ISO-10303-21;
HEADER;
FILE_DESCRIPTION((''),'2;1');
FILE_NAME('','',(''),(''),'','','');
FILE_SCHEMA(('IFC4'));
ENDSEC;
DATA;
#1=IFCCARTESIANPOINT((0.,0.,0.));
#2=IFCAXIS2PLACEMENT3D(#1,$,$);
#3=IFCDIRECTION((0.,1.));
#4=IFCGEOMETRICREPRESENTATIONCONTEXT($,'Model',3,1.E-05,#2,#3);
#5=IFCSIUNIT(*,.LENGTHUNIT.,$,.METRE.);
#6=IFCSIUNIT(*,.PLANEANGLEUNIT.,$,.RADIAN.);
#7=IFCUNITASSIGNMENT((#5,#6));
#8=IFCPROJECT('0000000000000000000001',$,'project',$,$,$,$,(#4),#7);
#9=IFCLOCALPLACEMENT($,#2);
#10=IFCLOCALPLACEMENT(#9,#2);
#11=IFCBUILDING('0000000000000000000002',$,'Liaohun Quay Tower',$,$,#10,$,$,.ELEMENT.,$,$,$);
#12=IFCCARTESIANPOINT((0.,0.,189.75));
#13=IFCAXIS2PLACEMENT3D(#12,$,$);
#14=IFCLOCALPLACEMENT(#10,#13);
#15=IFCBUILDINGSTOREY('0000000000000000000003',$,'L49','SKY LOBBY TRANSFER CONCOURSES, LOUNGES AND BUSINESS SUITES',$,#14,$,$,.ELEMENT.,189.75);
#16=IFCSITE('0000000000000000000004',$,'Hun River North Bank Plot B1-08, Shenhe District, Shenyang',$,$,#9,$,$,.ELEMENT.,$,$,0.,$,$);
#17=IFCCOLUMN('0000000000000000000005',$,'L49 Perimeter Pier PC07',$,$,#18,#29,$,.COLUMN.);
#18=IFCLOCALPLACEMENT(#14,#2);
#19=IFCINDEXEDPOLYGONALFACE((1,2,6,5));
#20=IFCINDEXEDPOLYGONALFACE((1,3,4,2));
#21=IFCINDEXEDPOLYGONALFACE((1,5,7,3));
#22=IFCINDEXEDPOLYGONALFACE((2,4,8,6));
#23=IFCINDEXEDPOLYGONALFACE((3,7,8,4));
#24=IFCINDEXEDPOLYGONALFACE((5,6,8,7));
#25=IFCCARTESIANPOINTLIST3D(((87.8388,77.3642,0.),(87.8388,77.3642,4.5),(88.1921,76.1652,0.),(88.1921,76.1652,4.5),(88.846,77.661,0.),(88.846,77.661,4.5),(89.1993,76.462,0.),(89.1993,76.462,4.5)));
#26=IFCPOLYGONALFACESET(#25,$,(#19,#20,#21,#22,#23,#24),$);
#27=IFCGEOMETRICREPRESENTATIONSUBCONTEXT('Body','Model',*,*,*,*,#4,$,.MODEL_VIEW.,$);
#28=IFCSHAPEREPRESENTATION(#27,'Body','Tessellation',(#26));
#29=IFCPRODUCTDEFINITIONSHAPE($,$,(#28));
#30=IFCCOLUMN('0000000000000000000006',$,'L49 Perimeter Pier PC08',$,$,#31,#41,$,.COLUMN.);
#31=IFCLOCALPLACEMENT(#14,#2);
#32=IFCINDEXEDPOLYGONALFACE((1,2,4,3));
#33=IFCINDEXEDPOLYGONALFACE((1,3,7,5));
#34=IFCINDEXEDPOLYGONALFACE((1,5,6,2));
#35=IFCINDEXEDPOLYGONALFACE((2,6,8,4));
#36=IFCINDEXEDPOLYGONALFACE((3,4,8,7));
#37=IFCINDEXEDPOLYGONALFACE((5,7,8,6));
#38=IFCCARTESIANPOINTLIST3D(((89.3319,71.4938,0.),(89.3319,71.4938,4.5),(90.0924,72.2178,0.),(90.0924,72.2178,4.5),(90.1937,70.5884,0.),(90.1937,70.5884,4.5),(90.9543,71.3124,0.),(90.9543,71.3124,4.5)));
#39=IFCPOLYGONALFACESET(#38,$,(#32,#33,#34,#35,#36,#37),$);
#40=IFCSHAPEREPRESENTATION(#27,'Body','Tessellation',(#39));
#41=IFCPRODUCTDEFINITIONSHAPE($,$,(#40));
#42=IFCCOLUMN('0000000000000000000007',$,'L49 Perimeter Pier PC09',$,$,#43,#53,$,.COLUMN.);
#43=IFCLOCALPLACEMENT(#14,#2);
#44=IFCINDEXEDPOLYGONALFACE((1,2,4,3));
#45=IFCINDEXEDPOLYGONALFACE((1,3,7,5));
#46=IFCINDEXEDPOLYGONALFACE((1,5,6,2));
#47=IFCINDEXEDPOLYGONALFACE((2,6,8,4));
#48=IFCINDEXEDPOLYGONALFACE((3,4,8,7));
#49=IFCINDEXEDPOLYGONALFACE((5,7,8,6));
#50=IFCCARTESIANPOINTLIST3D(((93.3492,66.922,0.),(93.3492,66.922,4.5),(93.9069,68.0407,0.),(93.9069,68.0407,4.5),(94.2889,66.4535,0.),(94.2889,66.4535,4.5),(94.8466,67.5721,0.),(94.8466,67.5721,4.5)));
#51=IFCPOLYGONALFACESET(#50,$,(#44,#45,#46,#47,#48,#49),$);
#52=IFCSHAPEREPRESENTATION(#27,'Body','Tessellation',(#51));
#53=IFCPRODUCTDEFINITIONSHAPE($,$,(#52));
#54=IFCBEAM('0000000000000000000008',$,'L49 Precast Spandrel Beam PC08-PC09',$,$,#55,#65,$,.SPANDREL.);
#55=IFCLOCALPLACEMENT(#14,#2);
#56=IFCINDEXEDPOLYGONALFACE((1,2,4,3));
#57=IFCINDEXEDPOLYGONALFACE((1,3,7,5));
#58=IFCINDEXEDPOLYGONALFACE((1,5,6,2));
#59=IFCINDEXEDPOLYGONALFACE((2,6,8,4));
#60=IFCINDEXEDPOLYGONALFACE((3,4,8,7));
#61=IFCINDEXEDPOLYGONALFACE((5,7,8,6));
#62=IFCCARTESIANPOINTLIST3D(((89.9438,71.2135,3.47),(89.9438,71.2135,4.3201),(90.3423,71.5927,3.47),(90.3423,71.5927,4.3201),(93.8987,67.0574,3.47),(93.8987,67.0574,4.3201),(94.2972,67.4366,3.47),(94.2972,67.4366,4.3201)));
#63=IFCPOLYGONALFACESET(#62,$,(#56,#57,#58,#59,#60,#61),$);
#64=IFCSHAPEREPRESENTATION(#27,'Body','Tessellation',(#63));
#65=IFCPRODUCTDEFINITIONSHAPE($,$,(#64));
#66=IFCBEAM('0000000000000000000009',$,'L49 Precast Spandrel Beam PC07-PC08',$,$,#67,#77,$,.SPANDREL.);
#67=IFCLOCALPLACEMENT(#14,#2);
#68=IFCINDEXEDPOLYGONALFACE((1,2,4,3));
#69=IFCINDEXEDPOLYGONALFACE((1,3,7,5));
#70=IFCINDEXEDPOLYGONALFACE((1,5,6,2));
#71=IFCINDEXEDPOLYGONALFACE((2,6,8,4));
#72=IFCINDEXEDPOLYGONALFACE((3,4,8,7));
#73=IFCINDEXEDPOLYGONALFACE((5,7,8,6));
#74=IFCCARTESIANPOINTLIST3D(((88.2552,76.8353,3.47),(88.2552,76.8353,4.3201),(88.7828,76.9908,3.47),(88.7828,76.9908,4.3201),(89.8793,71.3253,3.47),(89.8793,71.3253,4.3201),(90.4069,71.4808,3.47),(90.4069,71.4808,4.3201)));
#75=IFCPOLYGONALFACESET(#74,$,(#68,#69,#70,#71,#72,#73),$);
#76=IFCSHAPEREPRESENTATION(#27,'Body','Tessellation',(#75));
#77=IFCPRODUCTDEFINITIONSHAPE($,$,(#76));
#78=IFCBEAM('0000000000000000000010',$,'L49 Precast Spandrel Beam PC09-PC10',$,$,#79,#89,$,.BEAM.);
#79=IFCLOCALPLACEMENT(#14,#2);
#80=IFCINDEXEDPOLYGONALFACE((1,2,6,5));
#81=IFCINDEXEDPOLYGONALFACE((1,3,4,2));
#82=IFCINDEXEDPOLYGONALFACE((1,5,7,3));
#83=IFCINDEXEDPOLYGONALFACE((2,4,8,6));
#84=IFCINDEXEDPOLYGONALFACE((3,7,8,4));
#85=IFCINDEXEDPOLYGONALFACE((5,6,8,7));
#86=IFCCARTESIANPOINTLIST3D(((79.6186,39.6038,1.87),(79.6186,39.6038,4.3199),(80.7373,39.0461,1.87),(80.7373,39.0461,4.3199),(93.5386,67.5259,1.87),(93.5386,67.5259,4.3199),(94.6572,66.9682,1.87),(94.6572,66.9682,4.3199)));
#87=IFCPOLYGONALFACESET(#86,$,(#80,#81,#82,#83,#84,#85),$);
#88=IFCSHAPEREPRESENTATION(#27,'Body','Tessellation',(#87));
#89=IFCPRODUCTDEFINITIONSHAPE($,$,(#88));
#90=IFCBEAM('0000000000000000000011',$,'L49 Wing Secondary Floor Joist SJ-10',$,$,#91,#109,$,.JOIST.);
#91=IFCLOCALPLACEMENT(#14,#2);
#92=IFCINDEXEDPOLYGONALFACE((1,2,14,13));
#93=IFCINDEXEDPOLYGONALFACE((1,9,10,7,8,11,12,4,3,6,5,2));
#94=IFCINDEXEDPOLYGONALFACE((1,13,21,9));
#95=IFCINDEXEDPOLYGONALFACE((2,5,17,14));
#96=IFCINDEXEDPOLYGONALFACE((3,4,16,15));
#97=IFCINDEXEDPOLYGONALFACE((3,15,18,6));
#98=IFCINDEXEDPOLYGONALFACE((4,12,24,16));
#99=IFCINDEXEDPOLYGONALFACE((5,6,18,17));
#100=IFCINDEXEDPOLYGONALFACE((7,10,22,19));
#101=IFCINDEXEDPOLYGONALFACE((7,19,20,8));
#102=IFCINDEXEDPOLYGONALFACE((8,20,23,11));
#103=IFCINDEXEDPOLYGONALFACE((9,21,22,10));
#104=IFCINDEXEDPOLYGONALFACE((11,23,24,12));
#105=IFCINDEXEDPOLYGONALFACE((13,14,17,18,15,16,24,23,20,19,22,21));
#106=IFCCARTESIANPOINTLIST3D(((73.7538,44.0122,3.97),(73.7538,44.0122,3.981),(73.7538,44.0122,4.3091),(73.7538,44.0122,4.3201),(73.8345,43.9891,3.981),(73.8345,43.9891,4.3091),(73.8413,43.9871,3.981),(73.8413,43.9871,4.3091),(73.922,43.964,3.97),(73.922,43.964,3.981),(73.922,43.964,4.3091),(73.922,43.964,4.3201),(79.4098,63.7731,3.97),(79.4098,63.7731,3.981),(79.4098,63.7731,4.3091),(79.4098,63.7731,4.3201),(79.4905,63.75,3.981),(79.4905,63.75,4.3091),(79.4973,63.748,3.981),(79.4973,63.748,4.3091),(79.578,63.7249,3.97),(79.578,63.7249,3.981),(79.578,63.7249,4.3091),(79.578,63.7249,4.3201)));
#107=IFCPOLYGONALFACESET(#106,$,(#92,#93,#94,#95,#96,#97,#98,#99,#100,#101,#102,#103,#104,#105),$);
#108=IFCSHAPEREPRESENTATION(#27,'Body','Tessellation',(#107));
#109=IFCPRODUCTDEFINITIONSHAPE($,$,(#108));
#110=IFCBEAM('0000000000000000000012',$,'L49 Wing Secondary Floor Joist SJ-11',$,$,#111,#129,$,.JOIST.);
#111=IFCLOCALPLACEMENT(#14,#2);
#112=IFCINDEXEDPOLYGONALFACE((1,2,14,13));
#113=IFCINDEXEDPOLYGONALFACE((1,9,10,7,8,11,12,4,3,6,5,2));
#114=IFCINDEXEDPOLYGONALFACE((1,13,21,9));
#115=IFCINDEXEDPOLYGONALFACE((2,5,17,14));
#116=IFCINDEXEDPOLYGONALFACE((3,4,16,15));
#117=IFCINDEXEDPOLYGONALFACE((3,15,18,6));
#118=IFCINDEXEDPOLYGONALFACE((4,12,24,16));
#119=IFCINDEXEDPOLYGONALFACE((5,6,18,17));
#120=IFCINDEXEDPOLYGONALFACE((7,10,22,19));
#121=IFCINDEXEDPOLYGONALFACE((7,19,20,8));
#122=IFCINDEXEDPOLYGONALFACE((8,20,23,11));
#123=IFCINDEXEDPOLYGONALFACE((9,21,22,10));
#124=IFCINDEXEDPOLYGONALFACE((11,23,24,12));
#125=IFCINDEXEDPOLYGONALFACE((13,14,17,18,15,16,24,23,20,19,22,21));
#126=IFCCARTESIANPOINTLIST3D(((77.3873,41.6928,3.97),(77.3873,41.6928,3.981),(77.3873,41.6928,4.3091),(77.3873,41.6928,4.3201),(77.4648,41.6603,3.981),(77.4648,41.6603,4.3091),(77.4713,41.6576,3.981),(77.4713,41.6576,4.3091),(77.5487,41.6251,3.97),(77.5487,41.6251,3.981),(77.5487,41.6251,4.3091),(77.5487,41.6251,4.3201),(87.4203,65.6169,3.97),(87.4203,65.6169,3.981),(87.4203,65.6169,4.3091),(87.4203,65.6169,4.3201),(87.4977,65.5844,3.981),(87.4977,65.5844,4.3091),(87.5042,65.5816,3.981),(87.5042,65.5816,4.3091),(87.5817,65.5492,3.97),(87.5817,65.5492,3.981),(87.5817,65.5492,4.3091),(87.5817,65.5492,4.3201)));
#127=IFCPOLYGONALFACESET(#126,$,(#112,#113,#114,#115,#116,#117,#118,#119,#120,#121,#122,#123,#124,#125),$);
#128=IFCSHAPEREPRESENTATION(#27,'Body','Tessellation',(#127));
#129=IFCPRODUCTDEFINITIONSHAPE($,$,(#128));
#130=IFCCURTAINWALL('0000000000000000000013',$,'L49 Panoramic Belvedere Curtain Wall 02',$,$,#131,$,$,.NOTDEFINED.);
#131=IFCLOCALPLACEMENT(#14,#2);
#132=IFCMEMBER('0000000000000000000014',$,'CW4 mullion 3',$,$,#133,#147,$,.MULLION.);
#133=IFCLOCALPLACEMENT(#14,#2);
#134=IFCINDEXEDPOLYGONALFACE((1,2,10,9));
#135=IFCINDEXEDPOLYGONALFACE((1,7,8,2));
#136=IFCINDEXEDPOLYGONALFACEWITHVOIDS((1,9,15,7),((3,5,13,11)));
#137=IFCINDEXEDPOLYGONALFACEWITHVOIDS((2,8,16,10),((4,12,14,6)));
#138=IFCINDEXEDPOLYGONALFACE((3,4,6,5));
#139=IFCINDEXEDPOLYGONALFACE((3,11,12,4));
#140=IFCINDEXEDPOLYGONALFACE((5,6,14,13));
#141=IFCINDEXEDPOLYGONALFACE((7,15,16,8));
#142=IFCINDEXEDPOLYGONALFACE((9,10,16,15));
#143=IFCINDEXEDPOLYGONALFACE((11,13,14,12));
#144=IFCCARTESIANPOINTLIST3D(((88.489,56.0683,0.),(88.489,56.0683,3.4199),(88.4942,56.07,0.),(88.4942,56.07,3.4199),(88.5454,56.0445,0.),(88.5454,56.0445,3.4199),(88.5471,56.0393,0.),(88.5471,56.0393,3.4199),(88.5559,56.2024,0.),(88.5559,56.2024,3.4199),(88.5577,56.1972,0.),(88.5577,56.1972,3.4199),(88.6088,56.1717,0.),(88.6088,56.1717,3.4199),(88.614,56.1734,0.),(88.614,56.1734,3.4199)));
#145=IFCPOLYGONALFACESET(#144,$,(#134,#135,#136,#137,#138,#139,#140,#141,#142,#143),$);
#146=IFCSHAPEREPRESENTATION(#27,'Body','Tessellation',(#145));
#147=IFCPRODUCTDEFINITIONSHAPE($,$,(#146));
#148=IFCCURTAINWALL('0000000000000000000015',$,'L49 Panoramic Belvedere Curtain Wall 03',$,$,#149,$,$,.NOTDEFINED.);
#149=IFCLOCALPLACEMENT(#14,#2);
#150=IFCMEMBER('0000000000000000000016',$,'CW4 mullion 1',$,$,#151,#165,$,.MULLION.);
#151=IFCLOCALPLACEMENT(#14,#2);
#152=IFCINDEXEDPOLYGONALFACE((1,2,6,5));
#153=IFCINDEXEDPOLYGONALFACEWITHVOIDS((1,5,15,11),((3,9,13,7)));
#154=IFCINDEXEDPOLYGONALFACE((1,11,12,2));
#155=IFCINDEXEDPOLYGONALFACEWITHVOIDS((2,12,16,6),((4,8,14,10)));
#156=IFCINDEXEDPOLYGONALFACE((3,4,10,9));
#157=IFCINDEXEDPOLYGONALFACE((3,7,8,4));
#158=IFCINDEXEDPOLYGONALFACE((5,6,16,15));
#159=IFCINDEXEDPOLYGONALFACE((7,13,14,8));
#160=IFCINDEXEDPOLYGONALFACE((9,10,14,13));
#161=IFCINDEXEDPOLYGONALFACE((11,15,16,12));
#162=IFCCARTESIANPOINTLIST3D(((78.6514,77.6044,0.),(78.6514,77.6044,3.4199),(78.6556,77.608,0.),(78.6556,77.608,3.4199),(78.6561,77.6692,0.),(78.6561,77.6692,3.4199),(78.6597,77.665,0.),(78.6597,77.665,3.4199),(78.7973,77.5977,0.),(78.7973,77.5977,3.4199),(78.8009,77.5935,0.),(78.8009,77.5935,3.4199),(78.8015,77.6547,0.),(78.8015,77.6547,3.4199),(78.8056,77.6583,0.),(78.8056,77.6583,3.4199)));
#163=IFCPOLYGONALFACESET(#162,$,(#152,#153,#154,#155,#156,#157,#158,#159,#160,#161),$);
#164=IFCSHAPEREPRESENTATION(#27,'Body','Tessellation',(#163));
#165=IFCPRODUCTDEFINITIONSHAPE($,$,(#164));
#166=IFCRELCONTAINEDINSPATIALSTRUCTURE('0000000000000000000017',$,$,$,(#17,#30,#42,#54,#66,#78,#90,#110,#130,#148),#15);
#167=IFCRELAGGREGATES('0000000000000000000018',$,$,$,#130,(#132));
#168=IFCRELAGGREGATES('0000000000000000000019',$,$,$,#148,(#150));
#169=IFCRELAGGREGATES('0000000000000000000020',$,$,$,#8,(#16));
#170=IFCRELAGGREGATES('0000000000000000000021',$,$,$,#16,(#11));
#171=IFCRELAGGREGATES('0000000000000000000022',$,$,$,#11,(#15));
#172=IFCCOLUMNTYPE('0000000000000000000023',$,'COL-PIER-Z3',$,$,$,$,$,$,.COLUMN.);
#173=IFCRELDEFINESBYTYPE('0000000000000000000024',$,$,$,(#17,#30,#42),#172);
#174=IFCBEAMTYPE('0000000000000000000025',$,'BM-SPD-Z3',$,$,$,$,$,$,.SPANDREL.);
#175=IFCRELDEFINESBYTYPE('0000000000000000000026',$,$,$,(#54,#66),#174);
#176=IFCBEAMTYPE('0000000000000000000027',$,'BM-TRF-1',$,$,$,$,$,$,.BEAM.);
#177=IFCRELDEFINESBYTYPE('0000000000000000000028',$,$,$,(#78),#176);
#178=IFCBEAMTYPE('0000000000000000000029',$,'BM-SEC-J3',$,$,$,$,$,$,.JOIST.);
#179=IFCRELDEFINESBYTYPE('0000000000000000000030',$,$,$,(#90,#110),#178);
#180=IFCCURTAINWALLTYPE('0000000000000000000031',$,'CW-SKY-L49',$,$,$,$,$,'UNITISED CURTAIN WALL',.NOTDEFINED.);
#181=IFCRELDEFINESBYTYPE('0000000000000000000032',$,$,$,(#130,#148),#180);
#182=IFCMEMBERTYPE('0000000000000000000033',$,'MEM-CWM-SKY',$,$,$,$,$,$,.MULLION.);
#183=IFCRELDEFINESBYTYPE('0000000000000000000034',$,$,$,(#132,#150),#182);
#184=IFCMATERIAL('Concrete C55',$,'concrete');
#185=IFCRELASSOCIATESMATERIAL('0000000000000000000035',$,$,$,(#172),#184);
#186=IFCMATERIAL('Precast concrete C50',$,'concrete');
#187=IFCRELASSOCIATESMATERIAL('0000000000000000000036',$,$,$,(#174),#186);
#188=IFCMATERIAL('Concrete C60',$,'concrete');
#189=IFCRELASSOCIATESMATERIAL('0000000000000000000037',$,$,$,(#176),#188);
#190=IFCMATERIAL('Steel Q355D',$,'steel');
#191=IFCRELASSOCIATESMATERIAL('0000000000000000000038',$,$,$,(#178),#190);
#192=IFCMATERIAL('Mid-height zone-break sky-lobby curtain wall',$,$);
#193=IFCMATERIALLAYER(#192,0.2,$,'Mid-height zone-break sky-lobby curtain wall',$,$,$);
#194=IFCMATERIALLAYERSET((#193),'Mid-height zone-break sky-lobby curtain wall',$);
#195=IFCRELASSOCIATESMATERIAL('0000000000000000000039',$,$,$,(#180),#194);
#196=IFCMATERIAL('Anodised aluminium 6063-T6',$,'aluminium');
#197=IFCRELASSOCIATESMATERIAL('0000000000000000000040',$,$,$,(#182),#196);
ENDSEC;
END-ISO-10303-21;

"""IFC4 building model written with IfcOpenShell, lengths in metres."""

from ifc_helpers import new_model, si_unit, direction, frame, origin, origin_2d, place, context, subcontext, project, spatial, rectangle, hollow_rectangle, i_section, extrude, source, transform, mapped, material, layer, layer_set, material_profile, profile_set, type_object, element, aggregate, save


model = new_model("IFC4")

# Units and contexts
model_context = context("Model", 3, precision=1e-05, world=origin(), true_north=direction((0.0, 1.0)))
body_context = subcontext(model_context, "Body", "Model", "MODEL_VIEW")
ifc_project = project(units=[si_unit("LENGTHUNIT", "METRE"), si_unit("PLANEANGLEUNIT", "RADIAN")], contexts=[model_context])

# Site, building, storey
site_placement = place(None, origin())
site = spatial("IfcSite", under=ifc_project, at=site_placement, Name="Hun River North Bank Plot B1-08, Shenhe District, Shenyang", CompositionType="ELEMENT", RefElevation=0.0)
building_placement = place(site_placement, origin())
building = spatial("IfcBuilding", under=site, at=building_placement, Name="Liaohun Quay Tower", CompositionType="ELEMENT")
storey_placement = place(building_placement, frame((0.0, 0.0, 189.75)))
storey = spatial("IfcBuildingStorey", under=building, at=storey_placement, Name="L49", Description="SKY LOBBY TRANSFER CONCOURSES, LOUNGES AND BUSINESS SUITES", CompositionType="ELEMENT", Elevation=189.75)

# Columns
ifc_material_1 = material(Name="Concrete C55", Category="concrete")
ifc_material_profile_1 = material_profile(ifc_material_1, rectangle(XDim=1.25, YDim=1.05, at=origin_2d()), Name="RC1250x1050")
ifc_profile_set_1 = profile_set([ifc_material_profile_1], Name="Concrete C55")
column_type = type_object("IfcColumnType", Name="COL-PIER-Z3", PredefinedType="COLUMN", material=ifc_profile_set_1)
shared_shape_1 = source(origin(), body_context, "Body", "SweptSolid", [
    extrude(rectangle(XDim=1.25, YDim=1.05, at=origin_2d()), origin(), (0.0, 0.0, 1.0), 4.5),
])
for number, where, z_axis, x_axis, name in (
    (1, (88.519, 76.9131, 0.0), (0.0, 0.0, 1.0), (-0.282676, 0.959215, 0.0), "L49 Perimeter Pier PC07"),
    (2, (90.1431, 71.4031, 0.0), (0.0, 0.0, 1.0), (-0.689493, 0.724292, 0.0), "L49 Perimeter Pier PC08"),
    (3, (94.0979, 67.2471, 0.0), (0.0, 0.0, 1.0), (0.446198, 0.894934, 0.0), "L49 Perimeter Pier PC09"),
):
    element("IfcColumn", number, at=place(storey_placement, frame(where, z_axis=z_axis, x_axis=x_axis)), inside=storey, type_object=column_type, Name=name, PredefinedType="COLUMN", context=body_context, shape_type="MappedRepresentation", body=[
        mapped(shared_shape_1, transform((0.0, 0.0, 0.0), x_axis=(1.0, 0.0, 0.0), y_axis=(0.0, 1.0, 0.0), z_axis=(0.0, 0.0, 1.0), scale=1.0)),
    ])

# Beams
ifc_material_2 = material(Name="Precast concrete C50", Category="concrete")
ifc_material_profile_2 = material_profile(ifc_material_2, rectangle(XDim=0.55, YDim=0.8501, at=origin_2d()), Name="RC550x850")
ifc_profile_set_2 = profile_set([ifc_material_profile_2], Name="Precast concrete C50")
beam_type_1 = type_object("IfcBeamType", Name="BM-SPD-Z3", PredefinedType="SPANDREL", material=ifc_profile_set_2)
shared_shape_2 = source(origin(), body_context, "Body", "SweptSolid", [
    extrude(rectangle(XDim=0.55, YDim=0.8501, at=origin_2d()), origin(), (0.0, 0.0, 1.0), 5.7371),
])
beam_1_placement = place(storey_placement, frame((90.1431, 71.4031, 3.895), z_axis=(0.689357, -0.724422, 0.0), x_axis=(0.724422, 0.689357, 0.0)))
element("IfcBeam", 4, at=beam_1_placement, inside=storey, type_object=beam_type_1, Name="L49 Precast Spandrel Beam PC08-PC09", PredefinedType="SPANDREL", context=body_context, shape_type="MappedRepresentation", body=[
    mapped(shared_shape_2, transform((0.0, 0.0, 0.0), x_axis=(1.0, 0.0, 0.0), y_axis=(0.0, 1.0, 0.0), z_axis=(0.0, 0.0, 1.0), scale=1.0)),
])
shared_shape_3 = source(origin(), body_context, "Body", "SweptSolid", [
    extrude(rectangle(XDim=0.55, YDim=0.8501, at=origin_2d()), origin(), (0.0, 0.0, 1.0), 5.7444),
])
beam_2_placement = place(storey_placement, frame((88.519, 76.9131, 3.895), z_axis=(0.282716, -0.959204, 0.0), x_axis=(0.959204, 0.282716, 0.0)))
element("IfcBeam", 5, at=beam_2_placement, inside=storey, type_object=beam_type_1, Name="L49 Precast Spandrel Beam PC07-PC08", PredefinedType="SPANDREL", context=body_context, shape_type="MappedRepresentation", body=[
    mapped(shared_shape_3, transform((0.0, 0.0, 0.0), x_axis=(1.0, 0.0, 0.0), y_axis=(0.0, 1.0, 0.0), z_axis=(0.0, 0.0, 1.0), scale=1.0)),
])
ifc_material_3 = material(Name="Concrete C60", Category="concrete")
ifc_material_profile_3 = material_profile(ifc_material_3, rectangle(XDim=1.25, YDim=2.45, at=origin_2d()), Name="RC1250x2450")
ifc_profile_set_3 = profile_set([ifc_material_profile_3], Name="Concrete C60")
beam_type_2 = type_object("IfcBeamType", Name="BM-TRF-1", PredefinedType="BEAM", material=ifc_profile_set_3)
shared_shape_4 = source(origin(), body_context, "Body", "SweptSolid", [
    extrude(rectangle(XDim=1.25, YDim=2.45, at=origin_2d()), origin(), (0.0, 0.0, 1.0), 31.1995),
])
beam_3_placement = place(storey_placement, frame((94.0979, 67.2471, 3.095), z_axis=(-0.446158, -0.894954, 0.0), x_axis=(0.894954, -0.446158, 0.0)))
element("IfcBeam", 6, at=beam_3_placement, inside=storey, type_object=beam_type_2, Name="L49 Precast Spandrel Beam PC09-PC10", PredefinedType="BEAM", context=body_context, shape_type="MappedRepresentation", body=[
    mapped(shared_shape_4, transform((0.0, 0.0, 0.0), x_axis=(1.0, 0.0, 0.0), y_axis=(0.0, 1.0, 0.0), z_axis=(0.0, 0.0, 1.0), scale=1.0)),
])
ifc_material_4 = material(Name="Steel Q355D", Category="steel")
ifc_material_profile_4 = material_profile(ifc_material_4, i_section(OverallWidth=0.175, OverallDepth=0.3501, WebThickness=0.0071, FlangeThickness=0.011, at=origin_2d()), Name="HN350x175x7x11")
ifc_profile_set_4 = profile_set([ifc_material_profile_4], Name="Steel Q355D")
beam_type_3 = type_object("IfcBeamType", Name="BM-SEC-J3", PredefinedType="JOIST", material=ifc_profile_set_4)
shared_shape_5 = source(origin(), body_context, "Body", "SweptSolid", [
    extrude(i_section(OverallWidth=0.175, OverallDepth=0.3501, WebThickness=0.0071, FlangeThickness=0.011, at=origin_2d()), origin(), (0.0, 0.0, 1.0), 20.5544),
])
beam_4_placement = place(storey_placement, frame((79.4939, 63.749, 4.145), z_axis=(-0.275171, -0.961395, 0.0), x_axis=(0.961395, -0.275171, 0.0)))
element("IfcBeam", 7, at=beam_4_placement, inside=storey, type_object=beam_type_3, Name="L49 Wing Secondary Floor Joist SJ-10", PredefinedType="JOIST", context=body_context, shape_type="MappedRepresentation", body=[
    mapped(shared_shape_5, transform((0.0, 0.0, 0.0), x_axis=(1.0, 0.0, 0.0), y_axis=(0.0, 1.0, 0.0), z_axis=(0.0, 0.0, 1.0), scale=1.0)),
])
shared_shape_6 = source(origin(), body_context, "Body", "SweptSolid", [
    extrude(i_section(OverallWidth=0.175, OverallDepth=0.3501, WebThickness=0.0071, FlangeThickness=0.011, at=origin_2d()), origin(), (0.0, 0.0, 1.0), 25.9426),
])
beam_5_placement = place(storey_placement, frame((87.501, 65.583, 4.145), z_axis=(-0.386736, -0.92219, 0.0), x_axis=(0.92219, -0.386736, 0.0)))
element("IfcBeam", 8, at=beam_5_placement, inside=storey, type_object=beam_type_3, Name="L49 Wing Secondary Floor Joist SJ-11", PredefinedType="JOIST", context=body_context, shape_type="MappedRepresentation", body=[
    mapped(shared_shape_6, transform((0.0, 0.0, 0.0), x_axis=(1.0, 0.0, 0.0), y_axis=(0.0, 1.0, 0.0), z_axis=(0.0, 0.0, 1.0), scale=1.0)),
])

# Curtain wall, member
ifc_material_5 = material(Name="Mid-height zone-break sky-lobby curtain wall")
ifc_layer_1 = layer(ifc_material_5, 0.2, Name="Mid-height zone-break sky-lobby curtain wall")
ifc_layer_set_1 = layer_set([ifc_layer_1], Name="Mid-height zone-break sky-lobby curtain wall")
curtain_wall_type = type_object("IfcCurtainWallType", Name="CW-SKY-L49", ElementType="UNITISED CURTAIN WALL", PredefinedType="NOTDEFINED", material=ifc_layer_set_1)
curtain_wall_1_placement = place(storey_placement, origin())
curtain_wall_1 = element("IfcCurtainWall", 9, at=curtain_wall_1_placement, inside=storey, type_object=curtain_wall_type, Name="L49 Panoramic Belvedere Curtain Wall 02", PredefinedType="NOTDEFINED")
ifc_material_6 = material(Name="Anodised aluminium 6063-T6", Category="aluminium")
ifc_material_profile_5 = material_profile(ifc_material_6, hollow_rectangle(XDim=0.0649, YDim=0.1499, WallThickness=0.0039, at=origin_2d()), Name="RHS150x65x4")
ifc_profile_set_5 = profile_set([ifc_material_profile_5], Name="Anodised aluminium 6063-T6")
member_type_1 = type_object("IfcMemberType", Name="MEM-CWM-SKY", PredefinedType="MULLION", material=ifc_profile_set_5)
shared_shape_7 = source(origin(), body_context, "Body", "SweptSolid", [
    extrude(hollow_rectangle(XDim=0.0649, YDim=0.1499, WallThickness=0.0039, at=origin_2d()), origin(), (0.0, 0.0, 1.0), 3.4199),
])
member_1_placement = place(storey_placement, frame((88.5515, 56.1208, 0.0), z_axis=(0.0, 0.0, 1.0), x_axis=(-0.894927, 0.446213, 0.0)))
member_1 = element("IfcMember", 10, at=member_1_placement, type_object=member_type_1, Name="CW4 mullion 3", PredefinedType="MULLION", context=body_context, shape_type="MappedRepresentation", body=[
    mapped(shared_shape_7, transform((0.0, 0.0, 0.0), x_axis=(1.0, 0.0, 0.0), y_axis=(0.0, 1.0, 0.0), z_axis=(0.0, 0.0, 1.0), scale=1.0)),
])
aggregate(curtain_wall_1, [member_1])

# Curtain wall, member
curtain_wall_2_placement = place(storey_placement, origin())
curtain_wall_2 = element("IfcCurtainWall", 11, at=curtain_wall_2_placement, inside=storey, type_object=curtain_wall_type, Name="L49 Panoramic Belvedere Curtain Wall 03", PredefinedType="NOTDEFINED")
member_2_placement = place(storey_placement, frame((78.7285, 77.6313, 0.0), z_axis=(0.0, 0.0, 1.0), x_axis=(-0.072968, -0.997334, 0.0)))
member_2 = element("IfcMember", 12, at=member_2_placement, type_object=member_type_1, Name="CW4 mullion 1", PredefinedType="MULLION", context=body_context, shape_type="MappedRepresentation", body=[
    mapped(shared_shape_7, transform((0.0, 0.0, 0.0), x_axis=(1.0, 0.0, 0.0), y_axis=(0.0, 1.0, 0.0), z_axis=(0.0, 0.0, 1.0), scale=1.0)),
])
aggregate(curtain_wall_2, [member_2])

save(model, "model.ifc")
